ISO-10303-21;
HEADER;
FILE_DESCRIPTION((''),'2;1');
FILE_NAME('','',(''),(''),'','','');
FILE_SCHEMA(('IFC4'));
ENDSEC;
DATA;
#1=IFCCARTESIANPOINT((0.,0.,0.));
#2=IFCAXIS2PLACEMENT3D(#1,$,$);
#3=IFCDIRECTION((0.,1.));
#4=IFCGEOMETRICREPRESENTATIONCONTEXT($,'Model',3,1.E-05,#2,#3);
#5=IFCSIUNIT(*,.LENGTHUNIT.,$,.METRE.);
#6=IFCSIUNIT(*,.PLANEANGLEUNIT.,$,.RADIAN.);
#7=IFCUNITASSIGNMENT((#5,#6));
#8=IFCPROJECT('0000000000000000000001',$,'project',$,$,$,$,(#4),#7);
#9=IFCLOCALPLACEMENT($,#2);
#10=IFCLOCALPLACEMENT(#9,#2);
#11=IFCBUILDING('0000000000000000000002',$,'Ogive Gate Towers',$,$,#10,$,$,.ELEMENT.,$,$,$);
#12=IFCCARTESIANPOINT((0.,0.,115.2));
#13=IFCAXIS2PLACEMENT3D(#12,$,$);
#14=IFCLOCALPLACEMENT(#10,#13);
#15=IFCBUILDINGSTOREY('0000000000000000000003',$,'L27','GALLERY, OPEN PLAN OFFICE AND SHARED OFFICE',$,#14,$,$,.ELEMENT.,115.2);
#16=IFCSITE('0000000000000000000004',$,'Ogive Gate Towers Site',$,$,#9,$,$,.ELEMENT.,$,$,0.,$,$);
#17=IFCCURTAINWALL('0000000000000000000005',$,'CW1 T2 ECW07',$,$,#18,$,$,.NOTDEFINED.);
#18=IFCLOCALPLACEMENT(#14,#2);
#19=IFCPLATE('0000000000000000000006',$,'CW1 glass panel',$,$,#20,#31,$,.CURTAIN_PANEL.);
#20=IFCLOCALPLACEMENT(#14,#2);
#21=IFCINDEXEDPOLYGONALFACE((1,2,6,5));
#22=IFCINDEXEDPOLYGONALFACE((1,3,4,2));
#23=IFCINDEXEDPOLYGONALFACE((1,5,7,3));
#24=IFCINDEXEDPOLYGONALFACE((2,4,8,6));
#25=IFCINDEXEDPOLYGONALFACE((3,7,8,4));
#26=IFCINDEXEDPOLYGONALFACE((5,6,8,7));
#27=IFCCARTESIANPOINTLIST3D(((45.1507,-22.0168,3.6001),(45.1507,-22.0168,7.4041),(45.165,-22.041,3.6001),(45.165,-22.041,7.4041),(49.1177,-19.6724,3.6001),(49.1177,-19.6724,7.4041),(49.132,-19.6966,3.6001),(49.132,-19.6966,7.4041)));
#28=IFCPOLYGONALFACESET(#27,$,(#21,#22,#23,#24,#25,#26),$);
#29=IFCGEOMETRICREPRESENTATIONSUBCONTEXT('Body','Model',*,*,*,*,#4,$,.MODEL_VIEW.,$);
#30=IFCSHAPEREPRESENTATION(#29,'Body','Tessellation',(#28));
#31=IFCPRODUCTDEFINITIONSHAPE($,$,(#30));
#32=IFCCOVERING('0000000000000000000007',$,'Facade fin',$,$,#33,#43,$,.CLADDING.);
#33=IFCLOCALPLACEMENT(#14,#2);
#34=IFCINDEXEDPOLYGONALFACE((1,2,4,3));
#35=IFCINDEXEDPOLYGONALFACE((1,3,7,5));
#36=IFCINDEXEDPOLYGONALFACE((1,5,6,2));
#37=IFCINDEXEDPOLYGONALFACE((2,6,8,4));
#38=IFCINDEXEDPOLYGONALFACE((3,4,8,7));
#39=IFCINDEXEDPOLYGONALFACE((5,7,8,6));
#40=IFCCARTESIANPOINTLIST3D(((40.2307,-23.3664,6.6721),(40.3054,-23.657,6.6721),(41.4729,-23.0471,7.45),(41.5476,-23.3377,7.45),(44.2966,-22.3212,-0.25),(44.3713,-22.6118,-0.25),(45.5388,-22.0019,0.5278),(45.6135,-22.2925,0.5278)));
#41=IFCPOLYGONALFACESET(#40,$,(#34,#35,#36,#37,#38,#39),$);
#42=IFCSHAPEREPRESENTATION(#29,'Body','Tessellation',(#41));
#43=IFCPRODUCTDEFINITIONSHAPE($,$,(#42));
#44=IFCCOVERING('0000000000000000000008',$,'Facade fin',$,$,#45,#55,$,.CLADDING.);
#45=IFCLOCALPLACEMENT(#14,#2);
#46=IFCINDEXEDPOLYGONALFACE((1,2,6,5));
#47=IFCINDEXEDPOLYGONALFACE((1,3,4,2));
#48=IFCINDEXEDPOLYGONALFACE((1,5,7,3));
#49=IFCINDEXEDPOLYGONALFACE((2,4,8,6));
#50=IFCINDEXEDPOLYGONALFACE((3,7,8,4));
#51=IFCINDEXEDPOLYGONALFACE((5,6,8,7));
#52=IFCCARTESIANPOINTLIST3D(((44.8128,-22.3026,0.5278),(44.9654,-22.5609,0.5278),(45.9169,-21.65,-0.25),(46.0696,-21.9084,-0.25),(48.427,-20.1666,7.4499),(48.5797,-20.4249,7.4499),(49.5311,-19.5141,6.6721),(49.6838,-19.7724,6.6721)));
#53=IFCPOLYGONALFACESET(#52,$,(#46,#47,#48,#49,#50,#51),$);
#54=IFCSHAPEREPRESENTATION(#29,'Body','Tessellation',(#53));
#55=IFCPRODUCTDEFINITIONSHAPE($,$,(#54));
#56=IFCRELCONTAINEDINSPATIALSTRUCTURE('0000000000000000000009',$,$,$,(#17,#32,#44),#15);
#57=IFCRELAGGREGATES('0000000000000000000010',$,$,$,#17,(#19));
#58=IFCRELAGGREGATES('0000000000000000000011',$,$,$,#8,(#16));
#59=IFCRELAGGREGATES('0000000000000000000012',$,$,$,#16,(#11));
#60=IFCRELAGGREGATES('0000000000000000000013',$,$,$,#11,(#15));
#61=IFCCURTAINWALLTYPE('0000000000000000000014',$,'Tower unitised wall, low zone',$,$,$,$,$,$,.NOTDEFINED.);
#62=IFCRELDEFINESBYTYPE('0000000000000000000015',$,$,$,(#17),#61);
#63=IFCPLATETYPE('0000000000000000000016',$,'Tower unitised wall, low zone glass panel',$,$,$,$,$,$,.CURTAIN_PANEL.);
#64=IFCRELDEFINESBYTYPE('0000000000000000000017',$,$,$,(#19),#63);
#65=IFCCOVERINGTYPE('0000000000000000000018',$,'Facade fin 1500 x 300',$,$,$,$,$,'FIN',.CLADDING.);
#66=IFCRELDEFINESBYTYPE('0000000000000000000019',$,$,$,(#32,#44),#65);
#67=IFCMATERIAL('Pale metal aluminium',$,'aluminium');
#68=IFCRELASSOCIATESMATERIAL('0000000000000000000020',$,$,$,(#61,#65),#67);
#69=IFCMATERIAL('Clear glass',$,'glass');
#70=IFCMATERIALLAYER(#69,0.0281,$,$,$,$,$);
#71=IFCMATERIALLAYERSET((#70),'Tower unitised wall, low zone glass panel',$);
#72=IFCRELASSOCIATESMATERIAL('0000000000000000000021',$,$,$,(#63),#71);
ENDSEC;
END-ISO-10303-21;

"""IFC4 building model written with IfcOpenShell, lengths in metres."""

from ifc_helpers import new_model, si_unit, direction, frame, origin, origin_2d, place, context, subcontext, project, spatial, rectangle, extrude, material, layer, layer_set, material_profile, profile_set, type_object, element, aggregate, save


model = new_model("IFC4")

# Units and contexts
model_context = context("Model", 3, precision=1e-05, world=origin(), true_north=direction((0.0, 1.0)))
body_context = subcontext(model_context, "Body", "Model", "MODEL_VIEW")
ifc_project = project(units=[si_unit("LENGTHUNIT", "METRE"), si_unit("PLANEANGLEUNIT", "RADIAN")], contexts=[model_context])

# Site, building, storey
site_placement = place(None, origin())
site = spatial("IfcSite", under=ifc_project, at=site_placement, Name="Ogive Gate Towers Site", CompositionType="ELEMENT", RefElevation=0.0)
building_placement = place(site_placement, origin())
building = spatial("IfcBuilding", under=site, at=building_placement, Name="Ogive Gate Towers", CompositionType="ELEMENT")
storey_placement = place(building_placement, frame((0.0, 0.0, 115.2)))
storey = spatial("IfcBuildingStorey", under=building, at=storey_placement, Name="L27", Description="GALLERY, OPEN PLAN OFFICE AND SHARED OFFICE", CompositionType="ELEMENT", Elevation=115.2)

# Curtain wall, plate
ifc_material_1 = material(Name="Pale metal aluminium", Category="aluminium")
curtain_wall_type = type_object("IfcCurtainWallType", Name="Tower unitised wall, low zone", PredefinedType="NOTDEFINED", material=ifc_material_1)
curtain_wall_placement = place(storey_placement, origin())
curtain_wall = element("IfcCurtainWall", 1, at=curtain_wall_placement, inside=storey, type_object=curtain_wall_type, Name="CW1 T2 ECW07", PredefinedType="NOTDEFINED")
ifc_material_2 = material(Name="Clear glass", Category="glass")
ifc_layer = layer(ifc_material_2, 0.0281)
ifc_layer_set = layer_set([ifc_layer], Name="Tower unitised wall, low zone glass panel")
plate_type = type_object("IfcPlateType", Name="Tower unitised wall, low zone glass panel", PredefinedType="CURTAIN_PANEL", material=ifc_layer_set)
plate_1_placement = place(storey_placement, frame((47.1414, -20.8567, 3.6001), z_axis=(0.0, 0.0, 1.0), x_axis=(0.860902, 0.508771, 0.0)))
plate_1 = element("IfcPlate", 2, at=plate_1_placement, type_object=plate_type, Name="CW1 glass panel", PredefinedType="CURTAIN_PANEL", context=body_context, shape_type="SweptSolid", body=[
    extrude(rectangle(XDim=4.6079, YDim=0.0281, at=origin_2d()), origin(), (0.0, 0.0, 1.0), 3.804),
])
aggregate(curtain_wall, [plate_1])

# Coverings
ifc_material_profile_1 = material_profile(ifc_material_1, rectangle(XDim=0.3, YDim=1.5, at=origin_2d()), Name="1500 x 300 pale metal aluminium")
ifc_profile_set_1 = profile_set([ifc_material_profile_1], Name="Pale metal aluminium")
covering_type = type_object("IfcCoveringType", Name="Facade fin 1500 x 300", ElementType="FIN", PredefinedType="CLADDING", material=ifc_profile_set_1)
for number, where, z_axis, x_axis, name in (
    (3, (44.9551, -22.3069, 0.1389), (-0.502234, -0.129102, 0.85504), (0.248962, -0.968513, 0.0), "Facade fin"),
    (4, (45.4412, -22.1055, 0.1389), (0.446439, 0.263841, 0.855032), (-0.50878, 0.860896, 0.0), "Facade fin"),
):
    element("IfcCovering", number, at=place(storey_placement, frame(where, z_axis=z_axis, x_axis=x_axis)), inside=storey, type_object=covering_type, Name=name, PredefinedType="CLADDING", context=body_context, shape_type="SweptSolid", body=[
        extrude(rectangle(XDim=0.3, YDim=1.5, at=origin_2d()), origin(), (0.0, 0.0, 1.0), 8.0957),
    ])

save(model, "model.ifc")
